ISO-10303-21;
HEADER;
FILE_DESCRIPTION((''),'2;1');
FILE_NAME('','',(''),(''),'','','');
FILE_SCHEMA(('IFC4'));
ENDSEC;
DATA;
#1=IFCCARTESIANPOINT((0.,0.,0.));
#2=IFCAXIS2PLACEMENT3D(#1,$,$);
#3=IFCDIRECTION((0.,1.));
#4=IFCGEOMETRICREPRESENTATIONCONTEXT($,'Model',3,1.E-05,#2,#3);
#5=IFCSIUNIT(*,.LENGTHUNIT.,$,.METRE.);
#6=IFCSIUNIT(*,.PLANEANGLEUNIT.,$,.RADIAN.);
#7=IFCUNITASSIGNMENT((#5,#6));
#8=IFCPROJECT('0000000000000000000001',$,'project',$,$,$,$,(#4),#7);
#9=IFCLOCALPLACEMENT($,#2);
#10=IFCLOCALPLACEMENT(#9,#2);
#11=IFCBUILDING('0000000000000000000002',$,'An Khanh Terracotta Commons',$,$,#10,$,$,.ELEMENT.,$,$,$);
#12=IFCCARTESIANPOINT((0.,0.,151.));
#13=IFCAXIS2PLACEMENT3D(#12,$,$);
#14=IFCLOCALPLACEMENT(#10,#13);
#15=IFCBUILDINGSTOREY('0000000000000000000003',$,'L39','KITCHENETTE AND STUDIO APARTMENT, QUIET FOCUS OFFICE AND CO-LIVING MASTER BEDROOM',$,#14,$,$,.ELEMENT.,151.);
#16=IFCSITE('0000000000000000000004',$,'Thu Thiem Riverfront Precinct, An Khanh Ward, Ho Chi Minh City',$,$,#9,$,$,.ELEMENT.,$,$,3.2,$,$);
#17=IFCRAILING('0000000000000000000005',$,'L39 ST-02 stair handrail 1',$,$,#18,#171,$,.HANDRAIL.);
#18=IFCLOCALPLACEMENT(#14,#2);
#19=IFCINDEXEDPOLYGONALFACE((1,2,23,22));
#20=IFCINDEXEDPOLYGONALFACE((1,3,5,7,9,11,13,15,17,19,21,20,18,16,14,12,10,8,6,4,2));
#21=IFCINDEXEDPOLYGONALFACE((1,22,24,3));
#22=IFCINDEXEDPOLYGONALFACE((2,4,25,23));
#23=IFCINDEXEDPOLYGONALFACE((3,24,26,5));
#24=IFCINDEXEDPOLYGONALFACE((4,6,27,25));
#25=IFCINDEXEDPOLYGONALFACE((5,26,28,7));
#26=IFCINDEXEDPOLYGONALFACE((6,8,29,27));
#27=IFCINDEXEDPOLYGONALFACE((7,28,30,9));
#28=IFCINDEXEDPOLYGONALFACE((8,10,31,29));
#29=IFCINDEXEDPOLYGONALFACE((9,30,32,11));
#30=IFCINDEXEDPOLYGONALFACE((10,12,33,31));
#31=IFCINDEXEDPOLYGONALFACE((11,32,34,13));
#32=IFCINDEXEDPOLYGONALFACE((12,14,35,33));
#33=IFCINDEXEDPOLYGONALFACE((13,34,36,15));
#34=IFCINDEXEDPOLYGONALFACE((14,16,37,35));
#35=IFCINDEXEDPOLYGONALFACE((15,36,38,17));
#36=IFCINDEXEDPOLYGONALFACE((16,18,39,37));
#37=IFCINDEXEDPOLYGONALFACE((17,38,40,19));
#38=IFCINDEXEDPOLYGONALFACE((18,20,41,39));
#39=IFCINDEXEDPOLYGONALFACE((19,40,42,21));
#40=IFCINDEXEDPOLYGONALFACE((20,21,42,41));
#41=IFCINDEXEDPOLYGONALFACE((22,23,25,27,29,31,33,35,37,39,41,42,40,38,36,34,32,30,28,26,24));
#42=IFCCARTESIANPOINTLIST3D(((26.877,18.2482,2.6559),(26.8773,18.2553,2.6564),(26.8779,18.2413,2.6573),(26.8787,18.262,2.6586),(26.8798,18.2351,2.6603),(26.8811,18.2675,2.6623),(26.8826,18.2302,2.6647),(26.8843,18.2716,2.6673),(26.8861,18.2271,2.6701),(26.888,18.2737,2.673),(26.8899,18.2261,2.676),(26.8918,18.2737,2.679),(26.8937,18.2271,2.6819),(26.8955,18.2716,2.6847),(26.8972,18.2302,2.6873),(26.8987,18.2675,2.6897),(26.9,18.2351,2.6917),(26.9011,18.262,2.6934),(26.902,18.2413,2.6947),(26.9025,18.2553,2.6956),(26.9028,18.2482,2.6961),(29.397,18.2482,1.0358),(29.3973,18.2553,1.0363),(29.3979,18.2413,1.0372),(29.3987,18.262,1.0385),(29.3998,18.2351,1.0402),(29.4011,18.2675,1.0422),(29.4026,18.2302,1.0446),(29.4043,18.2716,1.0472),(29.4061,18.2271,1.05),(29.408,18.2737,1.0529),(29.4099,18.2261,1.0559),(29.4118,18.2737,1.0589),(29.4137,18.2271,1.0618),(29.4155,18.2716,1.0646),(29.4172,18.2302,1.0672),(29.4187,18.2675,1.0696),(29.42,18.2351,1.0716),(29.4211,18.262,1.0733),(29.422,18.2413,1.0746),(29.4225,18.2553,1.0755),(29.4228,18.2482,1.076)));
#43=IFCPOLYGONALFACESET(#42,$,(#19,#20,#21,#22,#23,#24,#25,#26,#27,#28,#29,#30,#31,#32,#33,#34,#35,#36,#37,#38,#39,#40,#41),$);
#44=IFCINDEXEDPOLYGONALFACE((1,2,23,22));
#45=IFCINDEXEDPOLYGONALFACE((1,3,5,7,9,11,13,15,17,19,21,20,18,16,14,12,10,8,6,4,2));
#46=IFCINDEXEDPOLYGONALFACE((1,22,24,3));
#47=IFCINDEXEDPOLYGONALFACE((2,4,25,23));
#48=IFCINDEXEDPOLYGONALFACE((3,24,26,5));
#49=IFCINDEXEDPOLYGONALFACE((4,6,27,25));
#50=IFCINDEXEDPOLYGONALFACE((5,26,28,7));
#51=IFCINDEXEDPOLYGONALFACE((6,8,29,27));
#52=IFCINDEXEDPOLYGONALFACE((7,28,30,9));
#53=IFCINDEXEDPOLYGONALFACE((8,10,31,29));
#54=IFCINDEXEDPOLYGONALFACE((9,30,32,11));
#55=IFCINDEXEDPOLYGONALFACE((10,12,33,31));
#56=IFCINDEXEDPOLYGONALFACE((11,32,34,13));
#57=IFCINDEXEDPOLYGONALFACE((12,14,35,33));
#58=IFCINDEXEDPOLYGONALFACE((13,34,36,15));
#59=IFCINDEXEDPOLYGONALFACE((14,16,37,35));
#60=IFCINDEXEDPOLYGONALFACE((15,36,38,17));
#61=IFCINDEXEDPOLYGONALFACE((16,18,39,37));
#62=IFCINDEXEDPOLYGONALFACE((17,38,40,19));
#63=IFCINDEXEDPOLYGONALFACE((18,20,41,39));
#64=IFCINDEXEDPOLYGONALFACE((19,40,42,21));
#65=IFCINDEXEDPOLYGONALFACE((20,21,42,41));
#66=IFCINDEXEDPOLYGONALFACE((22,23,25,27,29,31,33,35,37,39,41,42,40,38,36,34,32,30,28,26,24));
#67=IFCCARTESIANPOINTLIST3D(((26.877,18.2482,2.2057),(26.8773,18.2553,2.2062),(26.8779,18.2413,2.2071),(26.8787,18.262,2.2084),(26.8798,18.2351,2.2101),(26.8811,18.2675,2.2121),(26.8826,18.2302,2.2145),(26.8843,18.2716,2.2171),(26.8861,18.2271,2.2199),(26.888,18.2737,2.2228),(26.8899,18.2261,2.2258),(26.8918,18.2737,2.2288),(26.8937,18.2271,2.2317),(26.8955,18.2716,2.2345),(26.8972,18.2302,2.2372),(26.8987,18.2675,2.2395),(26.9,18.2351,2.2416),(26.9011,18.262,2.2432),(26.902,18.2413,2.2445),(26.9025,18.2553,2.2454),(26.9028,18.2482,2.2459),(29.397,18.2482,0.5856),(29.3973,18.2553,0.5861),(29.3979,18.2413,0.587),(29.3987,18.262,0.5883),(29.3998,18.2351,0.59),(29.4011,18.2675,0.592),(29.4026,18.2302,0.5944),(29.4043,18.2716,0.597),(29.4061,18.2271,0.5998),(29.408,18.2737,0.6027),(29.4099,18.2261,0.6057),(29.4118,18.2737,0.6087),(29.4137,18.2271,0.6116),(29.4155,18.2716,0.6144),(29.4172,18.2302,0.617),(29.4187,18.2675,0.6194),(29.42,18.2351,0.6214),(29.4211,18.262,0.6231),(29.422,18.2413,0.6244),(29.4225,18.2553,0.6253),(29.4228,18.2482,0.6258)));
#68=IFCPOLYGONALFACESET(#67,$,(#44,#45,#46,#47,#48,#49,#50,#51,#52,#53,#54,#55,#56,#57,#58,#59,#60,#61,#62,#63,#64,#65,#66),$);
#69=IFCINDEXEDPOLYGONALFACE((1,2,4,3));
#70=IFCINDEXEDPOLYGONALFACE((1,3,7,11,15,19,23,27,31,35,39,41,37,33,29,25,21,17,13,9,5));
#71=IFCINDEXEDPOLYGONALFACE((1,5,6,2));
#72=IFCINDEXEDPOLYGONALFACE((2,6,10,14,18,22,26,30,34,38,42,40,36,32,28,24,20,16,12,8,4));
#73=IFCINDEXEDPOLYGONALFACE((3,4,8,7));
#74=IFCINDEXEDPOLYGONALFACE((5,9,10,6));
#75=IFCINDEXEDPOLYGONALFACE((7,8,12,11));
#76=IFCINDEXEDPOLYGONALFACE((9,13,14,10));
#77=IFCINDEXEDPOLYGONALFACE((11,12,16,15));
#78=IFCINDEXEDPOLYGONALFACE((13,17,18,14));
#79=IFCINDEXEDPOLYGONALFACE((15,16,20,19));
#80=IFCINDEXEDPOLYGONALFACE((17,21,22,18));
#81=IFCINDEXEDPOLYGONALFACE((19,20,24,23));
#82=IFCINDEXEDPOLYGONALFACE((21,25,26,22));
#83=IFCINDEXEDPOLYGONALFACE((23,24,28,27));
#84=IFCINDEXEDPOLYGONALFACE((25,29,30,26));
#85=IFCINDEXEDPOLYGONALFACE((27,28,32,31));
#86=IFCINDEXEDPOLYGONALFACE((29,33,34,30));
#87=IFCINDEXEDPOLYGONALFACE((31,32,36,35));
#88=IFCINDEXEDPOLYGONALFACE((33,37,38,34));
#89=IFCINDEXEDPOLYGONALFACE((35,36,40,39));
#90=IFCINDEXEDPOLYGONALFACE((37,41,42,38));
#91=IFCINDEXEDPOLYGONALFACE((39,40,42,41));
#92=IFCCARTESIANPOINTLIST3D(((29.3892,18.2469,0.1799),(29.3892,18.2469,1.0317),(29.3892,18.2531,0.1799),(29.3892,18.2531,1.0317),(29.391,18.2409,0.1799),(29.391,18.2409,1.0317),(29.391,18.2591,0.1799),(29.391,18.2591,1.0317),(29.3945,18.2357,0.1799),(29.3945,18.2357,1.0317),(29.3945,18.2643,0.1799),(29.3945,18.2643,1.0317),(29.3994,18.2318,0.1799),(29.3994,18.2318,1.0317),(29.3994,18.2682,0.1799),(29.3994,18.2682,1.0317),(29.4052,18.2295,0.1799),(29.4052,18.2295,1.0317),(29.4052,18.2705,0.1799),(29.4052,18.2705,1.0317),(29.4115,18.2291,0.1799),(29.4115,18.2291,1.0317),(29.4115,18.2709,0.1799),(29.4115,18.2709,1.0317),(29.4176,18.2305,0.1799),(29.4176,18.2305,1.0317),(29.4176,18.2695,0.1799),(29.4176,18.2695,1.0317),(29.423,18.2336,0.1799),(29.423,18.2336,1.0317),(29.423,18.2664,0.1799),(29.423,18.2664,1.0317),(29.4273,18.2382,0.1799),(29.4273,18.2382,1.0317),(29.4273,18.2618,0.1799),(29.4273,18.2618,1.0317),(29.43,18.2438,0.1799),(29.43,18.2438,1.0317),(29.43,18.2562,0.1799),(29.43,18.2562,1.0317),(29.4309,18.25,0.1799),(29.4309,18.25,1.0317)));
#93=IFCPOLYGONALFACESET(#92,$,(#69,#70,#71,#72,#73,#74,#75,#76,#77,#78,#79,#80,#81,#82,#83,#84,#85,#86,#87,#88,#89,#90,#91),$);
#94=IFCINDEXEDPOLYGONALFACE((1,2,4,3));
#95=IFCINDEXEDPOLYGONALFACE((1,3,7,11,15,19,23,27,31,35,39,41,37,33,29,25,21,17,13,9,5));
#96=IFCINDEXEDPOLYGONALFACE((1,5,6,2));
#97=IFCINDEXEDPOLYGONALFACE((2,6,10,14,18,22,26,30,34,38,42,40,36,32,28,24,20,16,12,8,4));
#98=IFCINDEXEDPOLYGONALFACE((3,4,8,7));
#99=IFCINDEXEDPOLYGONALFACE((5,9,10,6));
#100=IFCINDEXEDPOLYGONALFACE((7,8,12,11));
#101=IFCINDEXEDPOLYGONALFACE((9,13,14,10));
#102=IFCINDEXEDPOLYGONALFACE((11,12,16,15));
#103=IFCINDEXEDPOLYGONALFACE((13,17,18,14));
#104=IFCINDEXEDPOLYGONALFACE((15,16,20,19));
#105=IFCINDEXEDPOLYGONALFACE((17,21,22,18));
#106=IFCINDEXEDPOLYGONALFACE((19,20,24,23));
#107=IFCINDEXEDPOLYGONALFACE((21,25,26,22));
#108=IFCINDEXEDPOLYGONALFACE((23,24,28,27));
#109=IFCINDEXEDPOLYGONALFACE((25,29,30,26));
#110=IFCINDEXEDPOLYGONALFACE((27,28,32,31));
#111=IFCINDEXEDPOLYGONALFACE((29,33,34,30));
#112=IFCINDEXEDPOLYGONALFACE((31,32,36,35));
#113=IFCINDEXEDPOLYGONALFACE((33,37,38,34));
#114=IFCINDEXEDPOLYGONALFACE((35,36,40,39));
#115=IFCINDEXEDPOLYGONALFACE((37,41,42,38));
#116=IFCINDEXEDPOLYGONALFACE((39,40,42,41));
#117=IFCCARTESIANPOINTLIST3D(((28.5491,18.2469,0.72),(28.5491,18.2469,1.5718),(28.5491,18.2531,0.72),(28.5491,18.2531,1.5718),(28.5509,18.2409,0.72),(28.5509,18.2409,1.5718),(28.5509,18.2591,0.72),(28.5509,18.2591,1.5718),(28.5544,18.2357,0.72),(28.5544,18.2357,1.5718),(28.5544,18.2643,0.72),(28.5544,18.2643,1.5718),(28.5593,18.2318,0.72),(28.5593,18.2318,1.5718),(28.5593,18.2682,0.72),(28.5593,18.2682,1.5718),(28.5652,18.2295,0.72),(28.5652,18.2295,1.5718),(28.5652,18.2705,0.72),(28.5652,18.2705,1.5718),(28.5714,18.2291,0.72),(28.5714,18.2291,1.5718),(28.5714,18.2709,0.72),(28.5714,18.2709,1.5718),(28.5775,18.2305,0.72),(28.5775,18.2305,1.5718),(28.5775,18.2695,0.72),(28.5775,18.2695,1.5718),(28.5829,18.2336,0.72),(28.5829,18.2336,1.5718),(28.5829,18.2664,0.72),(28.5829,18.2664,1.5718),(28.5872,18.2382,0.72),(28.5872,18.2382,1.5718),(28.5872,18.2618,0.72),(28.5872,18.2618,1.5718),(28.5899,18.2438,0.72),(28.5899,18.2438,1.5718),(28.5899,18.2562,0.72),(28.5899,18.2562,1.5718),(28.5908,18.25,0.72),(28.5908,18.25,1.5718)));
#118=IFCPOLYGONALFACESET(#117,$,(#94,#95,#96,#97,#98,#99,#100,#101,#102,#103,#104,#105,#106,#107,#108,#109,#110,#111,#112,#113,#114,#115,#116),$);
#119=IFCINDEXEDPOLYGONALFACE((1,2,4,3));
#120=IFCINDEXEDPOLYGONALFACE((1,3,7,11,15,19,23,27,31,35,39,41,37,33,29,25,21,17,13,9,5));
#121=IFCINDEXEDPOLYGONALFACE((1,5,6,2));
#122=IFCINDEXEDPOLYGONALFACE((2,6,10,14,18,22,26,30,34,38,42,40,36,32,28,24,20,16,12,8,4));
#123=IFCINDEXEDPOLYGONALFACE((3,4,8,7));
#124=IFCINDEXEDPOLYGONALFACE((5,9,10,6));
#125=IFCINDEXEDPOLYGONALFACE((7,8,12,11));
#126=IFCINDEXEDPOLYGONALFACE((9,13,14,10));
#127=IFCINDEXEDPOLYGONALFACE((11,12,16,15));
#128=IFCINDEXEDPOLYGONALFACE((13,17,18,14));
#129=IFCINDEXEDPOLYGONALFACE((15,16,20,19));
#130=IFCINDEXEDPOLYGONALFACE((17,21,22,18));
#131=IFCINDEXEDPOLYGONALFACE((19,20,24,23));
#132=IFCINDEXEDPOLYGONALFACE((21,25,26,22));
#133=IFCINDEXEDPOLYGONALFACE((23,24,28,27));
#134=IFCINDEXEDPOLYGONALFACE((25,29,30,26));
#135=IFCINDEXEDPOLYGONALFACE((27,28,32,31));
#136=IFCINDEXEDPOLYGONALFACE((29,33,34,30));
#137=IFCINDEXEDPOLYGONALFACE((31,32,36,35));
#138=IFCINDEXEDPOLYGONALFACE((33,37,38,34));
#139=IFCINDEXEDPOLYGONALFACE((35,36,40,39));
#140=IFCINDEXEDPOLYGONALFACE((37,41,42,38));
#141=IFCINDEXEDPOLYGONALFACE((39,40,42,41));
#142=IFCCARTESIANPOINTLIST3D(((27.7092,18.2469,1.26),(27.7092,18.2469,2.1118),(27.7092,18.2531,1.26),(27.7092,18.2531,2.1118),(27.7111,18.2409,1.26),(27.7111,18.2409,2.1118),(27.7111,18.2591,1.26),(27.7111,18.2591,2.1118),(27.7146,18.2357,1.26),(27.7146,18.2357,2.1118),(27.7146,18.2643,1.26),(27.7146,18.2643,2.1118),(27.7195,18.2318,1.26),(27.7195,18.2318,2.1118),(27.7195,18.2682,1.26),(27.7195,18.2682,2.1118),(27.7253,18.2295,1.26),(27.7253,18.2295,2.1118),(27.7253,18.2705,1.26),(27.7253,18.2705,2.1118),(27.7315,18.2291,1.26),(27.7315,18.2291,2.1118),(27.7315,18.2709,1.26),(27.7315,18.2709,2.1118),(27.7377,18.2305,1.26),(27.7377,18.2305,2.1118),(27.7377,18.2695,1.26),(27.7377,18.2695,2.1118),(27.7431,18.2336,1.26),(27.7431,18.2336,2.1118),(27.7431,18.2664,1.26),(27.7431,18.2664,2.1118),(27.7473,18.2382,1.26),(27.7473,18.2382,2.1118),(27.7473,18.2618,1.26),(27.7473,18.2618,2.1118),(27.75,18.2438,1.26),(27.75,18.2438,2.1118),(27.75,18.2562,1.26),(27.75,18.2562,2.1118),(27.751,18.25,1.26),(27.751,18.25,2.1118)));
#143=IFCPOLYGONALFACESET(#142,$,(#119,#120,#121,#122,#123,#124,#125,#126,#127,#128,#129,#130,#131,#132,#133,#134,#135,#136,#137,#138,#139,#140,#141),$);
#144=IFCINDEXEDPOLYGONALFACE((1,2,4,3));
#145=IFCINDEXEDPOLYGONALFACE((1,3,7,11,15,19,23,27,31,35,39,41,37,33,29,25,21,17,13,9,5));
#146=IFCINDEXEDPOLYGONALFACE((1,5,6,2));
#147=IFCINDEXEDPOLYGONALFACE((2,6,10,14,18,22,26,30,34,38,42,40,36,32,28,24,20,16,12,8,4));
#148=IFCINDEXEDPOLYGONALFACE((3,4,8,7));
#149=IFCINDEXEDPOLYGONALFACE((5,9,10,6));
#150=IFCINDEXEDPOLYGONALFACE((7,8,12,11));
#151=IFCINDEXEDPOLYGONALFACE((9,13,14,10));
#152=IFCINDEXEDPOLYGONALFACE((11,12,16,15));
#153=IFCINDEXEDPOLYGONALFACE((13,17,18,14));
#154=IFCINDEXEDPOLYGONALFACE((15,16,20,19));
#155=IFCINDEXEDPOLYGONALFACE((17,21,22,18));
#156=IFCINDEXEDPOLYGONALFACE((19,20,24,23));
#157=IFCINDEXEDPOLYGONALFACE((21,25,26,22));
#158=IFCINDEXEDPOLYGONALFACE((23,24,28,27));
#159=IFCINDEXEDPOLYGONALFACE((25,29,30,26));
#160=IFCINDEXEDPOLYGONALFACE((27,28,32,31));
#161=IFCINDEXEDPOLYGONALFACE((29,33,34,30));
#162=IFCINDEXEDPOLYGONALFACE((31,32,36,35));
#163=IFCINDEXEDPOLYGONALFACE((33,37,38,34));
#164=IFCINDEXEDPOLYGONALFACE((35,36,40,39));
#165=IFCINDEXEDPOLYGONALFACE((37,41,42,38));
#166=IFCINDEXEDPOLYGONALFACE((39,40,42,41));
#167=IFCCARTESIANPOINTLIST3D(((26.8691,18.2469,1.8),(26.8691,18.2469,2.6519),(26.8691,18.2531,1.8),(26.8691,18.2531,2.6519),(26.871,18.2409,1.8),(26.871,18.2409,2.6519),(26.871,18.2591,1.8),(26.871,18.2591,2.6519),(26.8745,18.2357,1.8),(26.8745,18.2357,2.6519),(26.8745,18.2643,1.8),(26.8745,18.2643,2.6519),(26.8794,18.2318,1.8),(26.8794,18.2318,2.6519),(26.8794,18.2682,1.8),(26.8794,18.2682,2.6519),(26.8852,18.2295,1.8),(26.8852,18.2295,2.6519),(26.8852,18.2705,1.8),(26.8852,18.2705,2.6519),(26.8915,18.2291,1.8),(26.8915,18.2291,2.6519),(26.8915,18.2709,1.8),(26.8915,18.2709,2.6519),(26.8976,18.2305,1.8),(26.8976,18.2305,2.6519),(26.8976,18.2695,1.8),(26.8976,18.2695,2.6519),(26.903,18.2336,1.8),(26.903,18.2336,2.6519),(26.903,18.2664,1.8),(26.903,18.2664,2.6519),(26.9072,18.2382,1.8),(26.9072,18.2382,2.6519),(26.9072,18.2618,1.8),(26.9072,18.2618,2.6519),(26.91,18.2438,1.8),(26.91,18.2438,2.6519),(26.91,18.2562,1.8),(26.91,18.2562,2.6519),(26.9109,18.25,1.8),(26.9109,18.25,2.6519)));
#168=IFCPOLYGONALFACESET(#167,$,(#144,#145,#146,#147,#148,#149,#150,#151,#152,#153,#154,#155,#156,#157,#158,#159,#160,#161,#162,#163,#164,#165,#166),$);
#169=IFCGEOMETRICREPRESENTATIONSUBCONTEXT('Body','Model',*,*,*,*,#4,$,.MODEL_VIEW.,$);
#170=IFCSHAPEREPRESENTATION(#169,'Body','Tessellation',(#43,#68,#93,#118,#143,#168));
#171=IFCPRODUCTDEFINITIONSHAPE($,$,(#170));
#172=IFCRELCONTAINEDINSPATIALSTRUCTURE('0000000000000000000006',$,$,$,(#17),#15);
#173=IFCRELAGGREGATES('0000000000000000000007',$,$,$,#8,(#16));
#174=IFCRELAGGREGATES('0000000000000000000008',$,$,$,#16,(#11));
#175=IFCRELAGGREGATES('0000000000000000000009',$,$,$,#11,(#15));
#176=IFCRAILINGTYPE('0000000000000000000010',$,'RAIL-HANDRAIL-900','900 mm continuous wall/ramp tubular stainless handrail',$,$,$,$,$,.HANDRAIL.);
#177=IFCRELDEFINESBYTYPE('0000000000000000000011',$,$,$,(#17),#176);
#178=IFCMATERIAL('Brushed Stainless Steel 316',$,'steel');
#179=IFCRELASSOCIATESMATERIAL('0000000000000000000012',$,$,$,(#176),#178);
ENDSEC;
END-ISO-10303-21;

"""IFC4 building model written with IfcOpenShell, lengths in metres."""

from ifc_helpers import new_model, si_unit, direction, frame, origin, origin_2d, place, context, subcontext, project, spatial, circle, extrude, material, type_object, element, save


model = new_model("IFC4")

# Units and contexts
model_context = context("Model", 3, precision=1e-05, world=origin(), true_north=direction((0.0, 1.0)))
body_context = subcontext(model_context, "Body", "Model", "MODEL_VIEW")
ifc_project = project(units=[si_unit("LENGTHUNIT", "METRE"), si_unit("PLANEANGLEUNIT", "RADIAN")], contexts=[model_context])

# Site, building, storey
site_placement = place(None, origin())
site = spatial("IfcSite", under=ifc_project, at=site_placement, Name="Thu Thiem Riverfront Precinct, An Khanh Ward, Ho Chi Minh City", CompositionType="ELEMENT", RefElevation=3.2)
building_placement = place(site_placement, origin())
building = spatial("IfcBuilding", under=site, at=building_placement, Name="An Khanh Terracotta Commons", CompositionType="ELEMENT")
storey_placement = place(building_placement, frame((0.0, 0.0, 151.0)))
storey = spatial("IfcBuildingStorey", under=building, at=storey_placement, Name="L39", Description="KITCHENETTE AND STUDIO APARTMENT, QUIET FOCUS OFFICE AND CO-LIVING MASTER BEDROOM", CompositionType="ELEMENT", Elevation=151.0)

# Railing
ifc_material_1 = material(Name="Brushed Stainless Steel 316", Category="steel")
railing_type_1 = type_object("IfcRailingType", Name="RAIL-HANDRAIL-900", Description="900 mm continuous wall/ramp tubular stainless handrail", PredefinedType="HANDRAIL", material=ifc_material_1)
railing_1_placement = place(storey_placement, frame((29.4099, 18.25, 0.1799)))
element("IfcRailing", 1, at=railing_1_placement, inside=storey, type_object=railing_type_1, Name="L39 ST-02 stair handrail 1", PredefinedType="HANDRAIL", context=body_context, shape_type="SweptSolid", body=[
    extrude(circle(Radius=0.0239, at=origin_2d()), frame((0.0, 0.0, 0.876), z_axis=(-0.841163, 0.0, 0.540782), x_axis=(0.0, -1.0, 0.0)), (0.0, 0.0, 1.0), 2.9958),
    extrude(circle(Radius=0.0239, at=origin_2d()), frame((0.0, 0.0, 0.4258), z_axis=(-0.841163, 0.0, 0.540782), x_axis=(0.0, -1.0, 0.0)), (0.0, 0.0, 1.0), 2.9958),
    extrude(circle(Radius=0.021, at=origin_2d()), origin(), (0.0, 0.0, 1.0), 0.8518),
    extrude(circle(Radius=0.021, at=origin_2d()), frame((-0.8401, 0.0, 0.54)), (0.0, 0.0, 1.0), 0.8518),
    extrude(circle(Radius=0.021, at=origin_2d()), frame((-1.6799, 0.0, 1.0801)), (0.0, 0.0, 1.0), 0.8518),
    extrude(circle(Radius=0.021, at=origin_2d()), frame((-2.52, 0.0, 1.6201)), (0.0, 0.0, 1.0), 0.8518),
])

save(model, "model.ifc")
